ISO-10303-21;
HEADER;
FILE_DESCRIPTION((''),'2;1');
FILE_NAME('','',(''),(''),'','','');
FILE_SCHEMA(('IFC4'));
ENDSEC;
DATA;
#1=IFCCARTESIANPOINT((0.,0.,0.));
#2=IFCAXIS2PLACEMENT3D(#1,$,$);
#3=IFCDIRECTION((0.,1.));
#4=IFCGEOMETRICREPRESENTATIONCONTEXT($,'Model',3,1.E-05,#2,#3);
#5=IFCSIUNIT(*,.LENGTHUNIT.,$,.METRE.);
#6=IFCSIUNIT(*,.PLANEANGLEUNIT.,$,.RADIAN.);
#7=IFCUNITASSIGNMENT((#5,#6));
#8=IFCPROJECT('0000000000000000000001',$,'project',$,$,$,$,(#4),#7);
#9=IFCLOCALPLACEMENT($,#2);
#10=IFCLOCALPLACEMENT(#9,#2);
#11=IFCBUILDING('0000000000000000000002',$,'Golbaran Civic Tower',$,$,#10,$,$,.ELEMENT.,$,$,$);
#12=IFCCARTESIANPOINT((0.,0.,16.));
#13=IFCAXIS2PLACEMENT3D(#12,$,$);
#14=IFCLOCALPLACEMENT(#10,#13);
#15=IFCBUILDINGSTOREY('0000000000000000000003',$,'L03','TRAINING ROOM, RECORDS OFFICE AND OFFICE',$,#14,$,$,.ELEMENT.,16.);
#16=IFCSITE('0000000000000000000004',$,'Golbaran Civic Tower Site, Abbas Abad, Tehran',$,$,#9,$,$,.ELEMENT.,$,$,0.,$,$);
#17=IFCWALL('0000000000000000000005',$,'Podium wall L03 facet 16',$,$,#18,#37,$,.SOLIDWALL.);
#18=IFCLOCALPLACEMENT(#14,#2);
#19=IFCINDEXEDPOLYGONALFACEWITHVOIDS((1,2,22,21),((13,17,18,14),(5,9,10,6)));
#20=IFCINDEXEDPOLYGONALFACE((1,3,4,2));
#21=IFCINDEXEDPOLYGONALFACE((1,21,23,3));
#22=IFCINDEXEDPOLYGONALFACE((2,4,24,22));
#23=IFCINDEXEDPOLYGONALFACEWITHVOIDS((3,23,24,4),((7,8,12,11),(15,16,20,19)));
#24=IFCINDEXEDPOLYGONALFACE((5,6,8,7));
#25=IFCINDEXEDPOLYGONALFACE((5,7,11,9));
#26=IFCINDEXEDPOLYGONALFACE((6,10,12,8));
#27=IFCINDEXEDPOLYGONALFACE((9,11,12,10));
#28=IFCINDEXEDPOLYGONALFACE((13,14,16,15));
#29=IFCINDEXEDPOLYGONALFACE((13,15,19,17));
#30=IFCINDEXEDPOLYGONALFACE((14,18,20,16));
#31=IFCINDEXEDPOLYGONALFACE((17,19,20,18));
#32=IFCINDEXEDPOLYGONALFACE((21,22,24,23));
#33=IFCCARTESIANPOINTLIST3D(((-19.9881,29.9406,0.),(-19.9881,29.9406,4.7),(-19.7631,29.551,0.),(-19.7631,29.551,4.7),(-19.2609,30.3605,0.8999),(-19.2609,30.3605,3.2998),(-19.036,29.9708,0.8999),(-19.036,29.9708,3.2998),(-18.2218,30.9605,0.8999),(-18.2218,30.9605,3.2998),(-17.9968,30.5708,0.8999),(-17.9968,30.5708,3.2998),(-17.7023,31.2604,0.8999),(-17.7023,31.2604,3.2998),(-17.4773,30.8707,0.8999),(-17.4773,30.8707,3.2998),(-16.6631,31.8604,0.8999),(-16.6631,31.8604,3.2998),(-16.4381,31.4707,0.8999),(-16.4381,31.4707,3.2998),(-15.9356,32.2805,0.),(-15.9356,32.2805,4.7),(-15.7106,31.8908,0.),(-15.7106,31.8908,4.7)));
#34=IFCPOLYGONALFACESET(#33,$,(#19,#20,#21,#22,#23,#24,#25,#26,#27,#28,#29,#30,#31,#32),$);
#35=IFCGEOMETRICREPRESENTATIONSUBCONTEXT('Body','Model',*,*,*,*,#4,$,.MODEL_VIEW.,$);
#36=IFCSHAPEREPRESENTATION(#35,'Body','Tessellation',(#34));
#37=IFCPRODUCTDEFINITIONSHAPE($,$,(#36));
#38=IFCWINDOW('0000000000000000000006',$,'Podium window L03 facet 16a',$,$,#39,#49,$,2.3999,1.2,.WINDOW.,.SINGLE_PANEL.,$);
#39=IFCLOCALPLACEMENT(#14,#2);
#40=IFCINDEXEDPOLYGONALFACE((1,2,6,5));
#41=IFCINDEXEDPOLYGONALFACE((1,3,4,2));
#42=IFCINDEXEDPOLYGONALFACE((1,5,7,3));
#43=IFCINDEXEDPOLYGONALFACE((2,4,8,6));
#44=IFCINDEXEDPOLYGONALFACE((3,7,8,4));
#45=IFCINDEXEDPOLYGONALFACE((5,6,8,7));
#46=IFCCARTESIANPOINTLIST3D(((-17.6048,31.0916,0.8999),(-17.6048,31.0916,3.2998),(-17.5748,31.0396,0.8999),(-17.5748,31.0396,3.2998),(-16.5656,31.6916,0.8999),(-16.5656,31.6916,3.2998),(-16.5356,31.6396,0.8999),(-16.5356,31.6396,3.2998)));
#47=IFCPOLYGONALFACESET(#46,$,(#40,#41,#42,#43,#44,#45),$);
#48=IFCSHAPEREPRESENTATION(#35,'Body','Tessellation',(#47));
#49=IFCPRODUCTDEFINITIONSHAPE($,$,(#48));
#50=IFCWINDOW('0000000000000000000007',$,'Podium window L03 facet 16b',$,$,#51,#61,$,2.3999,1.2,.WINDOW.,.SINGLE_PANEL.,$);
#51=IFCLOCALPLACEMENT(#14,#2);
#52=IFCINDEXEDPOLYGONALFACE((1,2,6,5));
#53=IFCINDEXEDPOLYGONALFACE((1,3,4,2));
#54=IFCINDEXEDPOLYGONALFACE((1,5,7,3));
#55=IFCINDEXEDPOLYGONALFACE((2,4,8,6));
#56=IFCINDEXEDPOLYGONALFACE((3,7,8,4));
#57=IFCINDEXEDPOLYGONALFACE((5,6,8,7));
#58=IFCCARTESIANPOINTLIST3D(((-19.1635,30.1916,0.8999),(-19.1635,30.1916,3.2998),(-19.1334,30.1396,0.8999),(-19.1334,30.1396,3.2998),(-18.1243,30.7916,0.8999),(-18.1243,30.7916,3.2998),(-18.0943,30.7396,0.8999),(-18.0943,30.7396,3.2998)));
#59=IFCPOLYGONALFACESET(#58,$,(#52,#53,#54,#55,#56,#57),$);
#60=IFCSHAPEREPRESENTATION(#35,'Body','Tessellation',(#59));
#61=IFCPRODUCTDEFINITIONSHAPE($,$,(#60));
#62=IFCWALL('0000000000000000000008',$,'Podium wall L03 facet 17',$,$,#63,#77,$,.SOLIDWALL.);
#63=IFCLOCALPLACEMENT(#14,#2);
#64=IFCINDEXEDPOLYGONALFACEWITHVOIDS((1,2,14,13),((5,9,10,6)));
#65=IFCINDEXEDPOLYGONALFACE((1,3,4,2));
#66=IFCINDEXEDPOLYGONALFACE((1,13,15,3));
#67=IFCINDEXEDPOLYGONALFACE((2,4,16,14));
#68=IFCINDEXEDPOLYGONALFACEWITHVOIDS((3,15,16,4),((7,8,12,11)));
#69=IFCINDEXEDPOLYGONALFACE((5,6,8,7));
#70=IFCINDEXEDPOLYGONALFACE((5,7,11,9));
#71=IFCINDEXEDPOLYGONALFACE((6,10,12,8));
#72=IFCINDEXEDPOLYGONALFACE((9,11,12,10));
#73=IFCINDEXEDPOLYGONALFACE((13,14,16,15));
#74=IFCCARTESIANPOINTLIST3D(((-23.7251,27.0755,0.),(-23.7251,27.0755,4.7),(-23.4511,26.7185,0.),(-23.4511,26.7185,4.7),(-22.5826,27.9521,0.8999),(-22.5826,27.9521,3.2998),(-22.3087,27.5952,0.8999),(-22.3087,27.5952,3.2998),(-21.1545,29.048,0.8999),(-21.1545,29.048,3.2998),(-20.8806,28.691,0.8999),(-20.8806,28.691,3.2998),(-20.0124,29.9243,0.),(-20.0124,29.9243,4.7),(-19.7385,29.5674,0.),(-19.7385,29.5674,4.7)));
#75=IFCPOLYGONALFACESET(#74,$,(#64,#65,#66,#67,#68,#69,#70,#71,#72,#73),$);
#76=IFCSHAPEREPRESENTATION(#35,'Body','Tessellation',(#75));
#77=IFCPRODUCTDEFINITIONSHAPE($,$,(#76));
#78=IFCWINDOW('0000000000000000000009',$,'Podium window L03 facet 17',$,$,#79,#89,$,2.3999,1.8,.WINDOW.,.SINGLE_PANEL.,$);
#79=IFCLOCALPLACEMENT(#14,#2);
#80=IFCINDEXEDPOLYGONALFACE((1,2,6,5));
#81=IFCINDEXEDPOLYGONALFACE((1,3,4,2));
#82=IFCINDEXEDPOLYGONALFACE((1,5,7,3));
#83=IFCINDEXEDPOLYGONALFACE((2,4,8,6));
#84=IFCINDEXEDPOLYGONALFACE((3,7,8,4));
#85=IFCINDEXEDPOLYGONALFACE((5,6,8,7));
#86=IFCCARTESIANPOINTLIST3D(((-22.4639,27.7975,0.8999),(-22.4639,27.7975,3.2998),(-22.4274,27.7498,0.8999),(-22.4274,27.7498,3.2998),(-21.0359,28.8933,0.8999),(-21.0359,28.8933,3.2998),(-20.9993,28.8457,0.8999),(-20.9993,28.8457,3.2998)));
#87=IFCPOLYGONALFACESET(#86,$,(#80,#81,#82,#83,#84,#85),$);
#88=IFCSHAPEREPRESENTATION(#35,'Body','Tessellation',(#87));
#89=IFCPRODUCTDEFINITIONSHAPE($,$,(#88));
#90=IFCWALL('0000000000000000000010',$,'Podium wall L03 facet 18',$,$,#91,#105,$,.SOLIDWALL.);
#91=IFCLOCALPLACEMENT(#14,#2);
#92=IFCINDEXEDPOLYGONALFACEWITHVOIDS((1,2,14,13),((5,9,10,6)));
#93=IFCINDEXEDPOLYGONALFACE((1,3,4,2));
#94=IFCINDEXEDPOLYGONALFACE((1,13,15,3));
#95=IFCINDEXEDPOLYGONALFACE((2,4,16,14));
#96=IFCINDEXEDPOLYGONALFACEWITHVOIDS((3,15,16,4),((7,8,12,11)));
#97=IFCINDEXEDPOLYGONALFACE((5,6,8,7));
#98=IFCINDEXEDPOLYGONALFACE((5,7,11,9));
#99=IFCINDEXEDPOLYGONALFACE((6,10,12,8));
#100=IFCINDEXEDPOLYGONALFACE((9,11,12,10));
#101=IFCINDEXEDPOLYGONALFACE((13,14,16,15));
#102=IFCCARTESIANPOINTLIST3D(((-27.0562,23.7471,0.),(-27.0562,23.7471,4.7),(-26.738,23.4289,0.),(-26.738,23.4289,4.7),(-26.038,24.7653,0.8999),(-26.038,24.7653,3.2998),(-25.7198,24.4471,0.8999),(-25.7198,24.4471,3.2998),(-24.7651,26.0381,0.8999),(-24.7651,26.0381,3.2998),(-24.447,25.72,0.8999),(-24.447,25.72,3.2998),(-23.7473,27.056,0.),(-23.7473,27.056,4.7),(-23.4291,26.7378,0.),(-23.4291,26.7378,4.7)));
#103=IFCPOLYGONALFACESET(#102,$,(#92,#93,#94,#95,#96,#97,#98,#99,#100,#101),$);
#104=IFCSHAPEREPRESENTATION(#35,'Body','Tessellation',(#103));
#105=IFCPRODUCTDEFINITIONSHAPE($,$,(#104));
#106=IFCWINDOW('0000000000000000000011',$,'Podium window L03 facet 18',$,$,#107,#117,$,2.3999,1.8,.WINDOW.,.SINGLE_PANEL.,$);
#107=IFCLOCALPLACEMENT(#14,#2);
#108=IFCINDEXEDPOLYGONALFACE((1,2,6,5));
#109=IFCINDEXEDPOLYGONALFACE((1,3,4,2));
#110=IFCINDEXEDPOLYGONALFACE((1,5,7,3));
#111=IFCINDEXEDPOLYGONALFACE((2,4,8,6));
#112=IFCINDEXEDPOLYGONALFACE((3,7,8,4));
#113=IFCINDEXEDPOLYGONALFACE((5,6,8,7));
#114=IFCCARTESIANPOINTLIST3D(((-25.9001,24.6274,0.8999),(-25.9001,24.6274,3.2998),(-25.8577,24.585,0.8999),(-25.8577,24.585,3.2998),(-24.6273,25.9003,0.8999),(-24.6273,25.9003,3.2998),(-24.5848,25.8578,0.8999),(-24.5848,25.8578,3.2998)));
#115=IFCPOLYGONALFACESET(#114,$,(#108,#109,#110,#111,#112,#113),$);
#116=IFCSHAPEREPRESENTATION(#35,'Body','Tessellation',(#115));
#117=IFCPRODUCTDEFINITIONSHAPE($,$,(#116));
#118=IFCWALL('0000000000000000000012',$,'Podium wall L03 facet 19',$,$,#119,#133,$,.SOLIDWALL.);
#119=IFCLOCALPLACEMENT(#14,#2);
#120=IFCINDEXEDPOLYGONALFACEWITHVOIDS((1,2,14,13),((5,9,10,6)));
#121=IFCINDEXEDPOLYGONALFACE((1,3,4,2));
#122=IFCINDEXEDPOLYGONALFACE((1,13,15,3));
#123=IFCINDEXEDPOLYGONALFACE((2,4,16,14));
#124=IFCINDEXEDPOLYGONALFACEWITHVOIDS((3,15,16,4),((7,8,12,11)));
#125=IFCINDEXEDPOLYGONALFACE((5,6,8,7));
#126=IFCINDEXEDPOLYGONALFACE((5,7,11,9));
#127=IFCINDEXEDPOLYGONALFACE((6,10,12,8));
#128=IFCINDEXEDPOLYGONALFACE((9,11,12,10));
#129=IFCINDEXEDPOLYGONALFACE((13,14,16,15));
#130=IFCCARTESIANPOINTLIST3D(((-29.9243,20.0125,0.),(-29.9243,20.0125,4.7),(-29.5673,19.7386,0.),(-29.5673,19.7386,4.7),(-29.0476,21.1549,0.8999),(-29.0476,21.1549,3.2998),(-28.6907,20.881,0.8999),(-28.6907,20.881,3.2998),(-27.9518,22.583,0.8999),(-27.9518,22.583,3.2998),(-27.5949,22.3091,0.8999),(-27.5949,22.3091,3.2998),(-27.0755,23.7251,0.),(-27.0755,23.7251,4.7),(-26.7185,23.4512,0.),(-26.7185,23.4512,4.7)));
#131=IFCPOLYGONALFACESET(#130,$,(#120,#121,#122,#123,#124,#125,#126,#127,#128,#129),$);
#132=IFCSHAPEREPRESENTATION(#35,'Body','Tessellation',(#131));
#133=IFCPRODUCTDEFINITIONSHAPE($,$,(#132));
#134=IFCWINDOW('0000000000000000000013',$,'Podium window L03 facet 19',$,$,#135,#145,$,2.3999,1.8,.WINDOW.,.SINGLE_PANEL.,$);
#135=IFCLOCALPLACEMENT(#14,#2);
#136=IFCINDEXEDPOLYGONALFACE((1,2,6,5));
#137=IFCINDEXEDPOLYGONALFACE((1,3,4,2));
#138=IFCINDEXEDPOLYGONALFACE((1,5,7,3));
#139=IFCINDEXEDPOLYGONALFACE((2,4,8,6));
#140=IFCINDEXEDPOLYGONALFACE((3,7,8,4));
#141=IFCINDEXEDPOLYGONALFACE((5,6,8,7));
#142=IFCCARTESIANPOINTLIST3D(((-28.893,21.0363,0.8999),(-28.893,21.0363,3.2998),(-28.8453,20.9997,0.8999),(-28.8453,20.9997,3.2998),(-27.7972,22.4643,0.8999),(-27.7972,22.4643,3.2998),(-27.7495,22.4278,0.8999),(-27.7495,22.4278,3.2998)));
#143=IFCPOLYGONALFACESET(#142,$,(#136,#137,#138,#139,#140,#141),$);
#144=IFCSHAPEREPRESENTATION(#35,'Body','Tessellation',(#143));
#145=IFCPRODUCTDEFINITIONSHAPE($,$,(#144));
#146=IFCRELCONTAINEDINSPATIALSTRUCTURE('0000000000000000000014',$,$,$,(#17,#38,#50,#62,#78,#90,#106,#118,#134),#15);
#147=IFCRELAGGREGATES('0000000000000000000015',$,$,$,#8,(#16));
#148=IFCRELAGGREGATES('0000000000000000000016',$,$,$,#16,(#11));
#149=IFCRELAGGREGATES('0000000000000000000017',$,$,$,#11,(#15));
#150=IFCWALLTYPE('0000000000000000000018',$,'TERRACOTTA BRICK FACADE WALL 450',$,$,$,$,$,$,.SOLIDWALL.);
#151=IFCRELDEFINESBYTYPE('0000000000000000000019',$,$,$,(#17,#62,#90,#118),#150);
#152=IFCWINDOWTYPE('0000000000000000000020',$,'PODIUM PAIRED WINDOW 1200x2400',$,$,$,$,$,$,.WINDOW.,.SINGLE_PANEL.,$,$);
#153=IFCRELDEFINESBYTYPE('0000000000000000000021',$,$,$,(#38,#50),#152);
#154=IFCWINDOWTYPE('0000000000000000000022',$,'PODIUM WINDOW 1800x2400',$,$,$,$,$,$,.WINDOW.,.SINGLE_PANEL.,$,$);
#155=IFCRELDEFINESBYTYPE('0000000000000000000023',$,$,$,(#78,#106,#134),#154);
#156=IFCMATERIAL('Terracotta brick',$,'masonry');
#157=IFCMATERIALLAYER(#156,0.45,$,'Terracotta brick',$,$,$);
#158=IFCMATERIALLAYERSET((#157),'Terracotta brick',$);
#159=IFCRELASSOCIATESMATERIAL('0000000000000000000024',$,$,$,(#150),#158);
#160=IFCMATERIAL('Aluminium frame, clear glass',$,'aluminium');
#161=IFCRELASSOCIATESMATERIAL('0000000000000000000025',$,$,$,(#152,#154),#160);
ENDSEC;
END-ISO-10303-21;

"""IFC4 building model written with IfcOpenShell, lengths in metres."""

from ifc_helpers import new_model, si_unit, direction, frame, frame_2d, origin, place, context, subcontext, project, spatial, rectangle, extrude, material, layer, layer_set, type_object, element, fill, save


model = new_model("IFC4")

# Units and contexts
model_context = context("Model", 3, precision=1e-05, world=origin(), true_north=direction((0.0, 1.0)))
body_context = subcontext(model_context, "Body", "Model", "MODEL_VIEW")
ifc_project = project(units=[si_unit("LENGTHUNIT", "METRE"), si_unit("PLANEANGLEUNIT", "RADIAN")], contexts=[model_context])

# Site, building, storey
site_placement = place(None, origin())
site = spatial("IfcSite", under=ifc_project, at=site_placement, Name="Golbaran Civic Tower Site, Abbas Abad, Tehran", CompositionType="ELEMENT", RefElevation=0.0)
building_placement = place(site_placement, origin())
building = spatial("IfcBuilding", under=site, at=building_placement, Name="Golbaran Civic Tower", CompositionType="ELEMENT")
storey_placement = place(building_placement, frame((0.0, 0.0, 16.0)))
storey = spatial("IfcBuildingStorey", under=building, at=storey_placement, Name="L03", Description="TRAINING ROOM, RECORDS OFFICE AND OFFICE", CompositionType="ELEMENT", Elevation=16.0)

# Wall, openings, windows
ifc_material_1 = material(Name="Terracotta brick", Category="masonry")
ifc_layer_1 = layer(ifc_material_1, 0.45, Name="Terracotta brick")
ifc_layer_set_1 = layer_set([ifc_layer_1], Name="Terracotta brick")
wall_type_1 = type_object("IfcWallType", Name="TERRACOTTA BRICK FACADE WALL 450", PredefinedType="SOLIDWALL", material=ifc_layer_set_1)
wall_1_placement = place(storey_placement, frame((-15.823, 32.0857, 0.0), z_axis=(0.0, 0.0, 1.0), x_axis=(-0.866013, -0.500022, 0.0)))
wall_1 = element("IfcWall", 1, at=wall_1_placement, inside=storey, type_object=wall_type_1, Name="Podium wall L03 facet 16", PredefinedType="SOLIDWALL", context=body_context, shape_type="SweptSolid", body=[
    extrude(rectangle(XDim=4.6794, YDim=0.45, at=frame_2d((2.3398, 0.0))), origin(), (0.0, 0.0, 1.0), 4.7),
])
opening_1_placement = place(wall_1_placement, frame((0.8401, 0.0, 0.8999)))
opening_1 = element("IfcOpeningElement", 2, at=opening_1_placement, cuts=wall_1, PredefinedType="OPENING", context=body_context, shape_type="SweptSolid", body=[
    extrude(rectangle(XDim=1.2, YDim=2.3999, at=frame_2d((0.6001, 1.2))), frame((0.0, 0.2349, 0.0), z_axis=(0.0, -1.0, 0.0), x_axis=(1.0, 0.0, 0.0)), (0.0, 0.0, 1.0), 0.47),
])
opening_2_placement = place(wall_1_placement, frame((2.6399, 0.0, 0.8999)))
opening_2 = element("IfcOpeningElement", 3, at=opening_2_placement, cuts=wall_1, PredefinedType="OPENING", context=body_context, shape_type="SweptSolid", body=[
    extrude(rectangle(XDim=1.2, YDim=2.3999, at=frame_2d((0.6001, 1.2))), frame((0.0, 0.2349, 0.0), z_axis=(0.0, -1.0, 0.0), x_axis=(1.0, 0.0, 0.0)), (0.0, 0.0, 1.0), 0.47),
])
ifc_material_2 = material(Name="Aluminium frame, clear glass", Category="aluminium")
window_type_1 = type_object("IfcWindowType", Name="PODIUM PAIRED WINDOW 1200x2400", PartitioningType="SINGLE_PANEL", PredefinedType="WINDOW", material=ifc_material_2)
window_1_placement = place(opening_1_placement, origin())
window_1 = element("IfcWindow", 4, at=window_1_placement, inside=storey, type_object=window_type_1, Name="Podium window L03 facet 16a", OverallHeight=2.3999, OverallWidth=1.2, PartitioningType="SINGLE_PANEL", PredefinedType="WINDOW", context=body_context, shape_type="SweptSolid", body=[
    extrude(rectangle(XDim=1.2, YDim=2.3999, at=frame_2d((0.6001, 1.2))), frame((0.0, 0.03, 0.0), z_axis=(0.0, -1.0, 0.0), x_axis=(1.0, 0.0, 0.0)), (0.0, 0.0, 1.0), 0.0601),
])
fill(opening_1, window_1)
window_2_placement = place(opening_2_placement, origin())
window_2 = element("IfcWindow", 5, at=window_2_placement, inside=storey, type_object=window_type_1, Name="Podium window L03 facet 16b", OverallHeight=2.3999, OverallWidth=1.2, PartitioningType="SINGLE_PANEL", PredefinedType="WINDOW", context=body_context, shape_type="SweptSolid", body=[
    extrude(rectangle(XDim=1.2, YDim=2.3999, at=frame_2d((0.6001, 1.2))), frame((0.0, 0.03, 0.0), z_axis=(0.0, -1.0, 0.0), x_axis=(1.0, 0.0, 0.0)), (0.0, 0.0, 1.0), 0.0601),
])
fill(opening_2, window_2)

# Walls, openings, windows
wall_2_placement = place(storey_placement, frame((-19.8755, 29.7458, 0.0), z_axis=(0.0, 0.0, 1.0), x_axis=(-0.793347, -0.60877, 0.0)))
wall_2 = element("IfcWall", 6, at=wall_2_placement, inside=storey, type_object=wall_type_1, Name="Podium wall L03 facet 17", PredefinedType="SOLIDWALL", context=body_context, shape_type="SweptSolid", body=[
    extrude(rectangle(XDim=4.6797, YDim=0.45, at=frame_2d((2.3398, 0.0))), origin(), (0.0, 0.0, 1.0), 4.7),
])
opening_3_placement = place(wall_2_placement, frame((1.4397, 0.0, 0.8999)))
opening_3 = element("IfcOpeningElement", 7, at=opening_3_placement, cuts=wall_2, PredefinedType="OPENING", context=body_context, shape_type="SweptSolid", body=[
    extrude(rectangle(XDim=1.8, YDim=2.3999, at=frame_2d((0.8999, 1.2))), frame((0.0, 0.2349, 0.0), z_axis=(0.0, -1.0, 0.0), x_axis=(1.0, 0.0, 0.0)), (0.0, 0.0, 1.0), 0.47),
])
window_type_2 = type_object("IfcWindowType", Name="PODIUM WINDOW 1800x2400", PartitioningType="SINGLE_PANEL", PredefinedType="WINDOW", material=ifc_material_2)
window_3_placement = place(opening_3_placement, origin())
window_3 = element("IfcWindow", 8, at=window_3_placement, inside=storey, type_object=window_type_2, Name="Podium window L03 facet 17", OverallHeight=2.3999, OverallWidth=1.8, PartitioningType="SINGLE_PANEL", PredefinedType="WINDOW", context=body_context, shape_type="SweptSolid", body=[
    extrude(rectangle(XDim=1.8, YDim=2.3999, at=frame_2d((0.8999, 1.2))), frame((0.0, 0.03, 0.0), z_axis=(0.0, -1.0, 0.0), x_axis=(1.0, 0.0, 0.0)), (0.0, 0.0, 1.0), 0.0601),
])
fill(opening_3, window_3)
wall_3_placement = place(storey_placement, frame((-23.5881, 26.897, 0.0), z_axis=(0.0, 0.0, 1.0), x_axis=(-0.707107, -0.707107, 0.0)))
wall_3 = element("IfcWall", 9, at=wall_3_placement, inside=storey, type_object=wall_type_1, Name="Podium wall L03 facet 18", PredefinedType="SOLIDWALL", context=body_context, shape_type="SweptSolid", body=[
    extrude(rectangle(XDim=4.6794, YDim=0.45, at=frame_2d((2.3398, 0.0))), origin(), (0.0, 0.0, 1.0), 4.7),
])
opening_4_placement = place(wall_3_placement, frame((1.4397, 0.0, 0.8999)))
opening_4 = element("IfcOpeningElement", 10, at=opening_4_placement, cuts=wall_3, PredefinedType="OPENING", context=body_context, shape_type="SweptSolid", body=[
    extrude(rectangle(XDim=1.8, YDim=2.3999, at=frame_2d((0.8999, 1.2))), frame((0.0, 0.2349, 0.0), z_axis=(0.0, -1.0, 0.0), x_axis=(1.0, 0.0, 0.0)), (0.0, 0.0, 1.0), 0.47),
])
window_4_placement = place(opening_4_placement, origin())
window_4 = element("IfcWindow", 11, at=window_4_placement, inside=storey, type_object=window_type_2, Name="Podium window L03 facet 18", OverallHeight=2.3999, OverallWidth=1.8, PartitioningType="SINGLE_PANEL", PredefinedType="WINDOW", context=body_context, shape_type="SweptSolid", body=[
    extrude(rectangle(XDim=1.8, YDim=2.3999, at=frame_2d((0.8999, 1.2))), frame((0.0, 0.03, 0.0), z_axis=(0.0, -1.0, 0.0), x_axis=(1.0, 0.0, 0.0)), (0.0, 0.0, 1.0), 0.0601),
])
fill(opening_4, window_4)
wall_4_placement = place(storey_placement, frame((-26.897, 23.5881, 0.0), z_axis=(0.0, 0.0, 1.0), x_axis=(-0.60877, -0.793347, 0.0)))
wall_4 = element("IfcWall", 12, at=wall_4_placement, inside=storey, type_object=wall_type_1, Name="Podium wall L03 facet 19", PredefinedType="SOLIDWALL", context=body_context, shape_type="SweptSolid", body=[
    extrude(rectangle(XDim=4.6797, YDim=0.45, at=frame_2d((2.3398, 0.0))), origin(), (0.0, 0.0, 1.0), 4.7),
])
opening_5_placement = place(wall_4_placement, frame((1.4397, 0.0, 0.8999)))
opening_5 = element("IfcOpeningElement", 13, at=opening_5_placement, cuts=wall_4, PredefinedType="OPENING", context=body_context, shape_type="SweptSolid", body=[
    extrude(rectangle(XDim=1.8, YDim=2.3999, at=frame_2d((0.8999, 1.2))), frame((0.0, 0.2349, 0.0), z_axis=(0.0, -1.0, 0.0), x_axis=(1.0, 0.0, 0.0)), (0.0, 0.0, 1.0), 0.47),
])
window_5_placement = place(opening_5_placement, origin())
window_5 = element("IfcWindow", 14, at=window_5_placement, inside=storey, type_object=window_type_2, Name="Podium window L03 facet 19", OverallHeight=2.3999, OverallWidth=1.8, PartitioningType="SINGLE_PANEL", PredefinedType="WINDOW", context=body_context, shape_type="SweptSolid", body=[
    extrude(rectangle(XDim=1.8, YDim=2.3999, at=frame_2d((0.8999, 1.2))), frame((0.0, 0.03, 0.0), z_axis=(0.0, -1.0, 0.0), x_axis=(1.0, 0.0, 0.0)), (0.0, 0.0, 1.0), 0.0601),
])
fill(opening_5, window_5)

save(model, "model.ifc")
